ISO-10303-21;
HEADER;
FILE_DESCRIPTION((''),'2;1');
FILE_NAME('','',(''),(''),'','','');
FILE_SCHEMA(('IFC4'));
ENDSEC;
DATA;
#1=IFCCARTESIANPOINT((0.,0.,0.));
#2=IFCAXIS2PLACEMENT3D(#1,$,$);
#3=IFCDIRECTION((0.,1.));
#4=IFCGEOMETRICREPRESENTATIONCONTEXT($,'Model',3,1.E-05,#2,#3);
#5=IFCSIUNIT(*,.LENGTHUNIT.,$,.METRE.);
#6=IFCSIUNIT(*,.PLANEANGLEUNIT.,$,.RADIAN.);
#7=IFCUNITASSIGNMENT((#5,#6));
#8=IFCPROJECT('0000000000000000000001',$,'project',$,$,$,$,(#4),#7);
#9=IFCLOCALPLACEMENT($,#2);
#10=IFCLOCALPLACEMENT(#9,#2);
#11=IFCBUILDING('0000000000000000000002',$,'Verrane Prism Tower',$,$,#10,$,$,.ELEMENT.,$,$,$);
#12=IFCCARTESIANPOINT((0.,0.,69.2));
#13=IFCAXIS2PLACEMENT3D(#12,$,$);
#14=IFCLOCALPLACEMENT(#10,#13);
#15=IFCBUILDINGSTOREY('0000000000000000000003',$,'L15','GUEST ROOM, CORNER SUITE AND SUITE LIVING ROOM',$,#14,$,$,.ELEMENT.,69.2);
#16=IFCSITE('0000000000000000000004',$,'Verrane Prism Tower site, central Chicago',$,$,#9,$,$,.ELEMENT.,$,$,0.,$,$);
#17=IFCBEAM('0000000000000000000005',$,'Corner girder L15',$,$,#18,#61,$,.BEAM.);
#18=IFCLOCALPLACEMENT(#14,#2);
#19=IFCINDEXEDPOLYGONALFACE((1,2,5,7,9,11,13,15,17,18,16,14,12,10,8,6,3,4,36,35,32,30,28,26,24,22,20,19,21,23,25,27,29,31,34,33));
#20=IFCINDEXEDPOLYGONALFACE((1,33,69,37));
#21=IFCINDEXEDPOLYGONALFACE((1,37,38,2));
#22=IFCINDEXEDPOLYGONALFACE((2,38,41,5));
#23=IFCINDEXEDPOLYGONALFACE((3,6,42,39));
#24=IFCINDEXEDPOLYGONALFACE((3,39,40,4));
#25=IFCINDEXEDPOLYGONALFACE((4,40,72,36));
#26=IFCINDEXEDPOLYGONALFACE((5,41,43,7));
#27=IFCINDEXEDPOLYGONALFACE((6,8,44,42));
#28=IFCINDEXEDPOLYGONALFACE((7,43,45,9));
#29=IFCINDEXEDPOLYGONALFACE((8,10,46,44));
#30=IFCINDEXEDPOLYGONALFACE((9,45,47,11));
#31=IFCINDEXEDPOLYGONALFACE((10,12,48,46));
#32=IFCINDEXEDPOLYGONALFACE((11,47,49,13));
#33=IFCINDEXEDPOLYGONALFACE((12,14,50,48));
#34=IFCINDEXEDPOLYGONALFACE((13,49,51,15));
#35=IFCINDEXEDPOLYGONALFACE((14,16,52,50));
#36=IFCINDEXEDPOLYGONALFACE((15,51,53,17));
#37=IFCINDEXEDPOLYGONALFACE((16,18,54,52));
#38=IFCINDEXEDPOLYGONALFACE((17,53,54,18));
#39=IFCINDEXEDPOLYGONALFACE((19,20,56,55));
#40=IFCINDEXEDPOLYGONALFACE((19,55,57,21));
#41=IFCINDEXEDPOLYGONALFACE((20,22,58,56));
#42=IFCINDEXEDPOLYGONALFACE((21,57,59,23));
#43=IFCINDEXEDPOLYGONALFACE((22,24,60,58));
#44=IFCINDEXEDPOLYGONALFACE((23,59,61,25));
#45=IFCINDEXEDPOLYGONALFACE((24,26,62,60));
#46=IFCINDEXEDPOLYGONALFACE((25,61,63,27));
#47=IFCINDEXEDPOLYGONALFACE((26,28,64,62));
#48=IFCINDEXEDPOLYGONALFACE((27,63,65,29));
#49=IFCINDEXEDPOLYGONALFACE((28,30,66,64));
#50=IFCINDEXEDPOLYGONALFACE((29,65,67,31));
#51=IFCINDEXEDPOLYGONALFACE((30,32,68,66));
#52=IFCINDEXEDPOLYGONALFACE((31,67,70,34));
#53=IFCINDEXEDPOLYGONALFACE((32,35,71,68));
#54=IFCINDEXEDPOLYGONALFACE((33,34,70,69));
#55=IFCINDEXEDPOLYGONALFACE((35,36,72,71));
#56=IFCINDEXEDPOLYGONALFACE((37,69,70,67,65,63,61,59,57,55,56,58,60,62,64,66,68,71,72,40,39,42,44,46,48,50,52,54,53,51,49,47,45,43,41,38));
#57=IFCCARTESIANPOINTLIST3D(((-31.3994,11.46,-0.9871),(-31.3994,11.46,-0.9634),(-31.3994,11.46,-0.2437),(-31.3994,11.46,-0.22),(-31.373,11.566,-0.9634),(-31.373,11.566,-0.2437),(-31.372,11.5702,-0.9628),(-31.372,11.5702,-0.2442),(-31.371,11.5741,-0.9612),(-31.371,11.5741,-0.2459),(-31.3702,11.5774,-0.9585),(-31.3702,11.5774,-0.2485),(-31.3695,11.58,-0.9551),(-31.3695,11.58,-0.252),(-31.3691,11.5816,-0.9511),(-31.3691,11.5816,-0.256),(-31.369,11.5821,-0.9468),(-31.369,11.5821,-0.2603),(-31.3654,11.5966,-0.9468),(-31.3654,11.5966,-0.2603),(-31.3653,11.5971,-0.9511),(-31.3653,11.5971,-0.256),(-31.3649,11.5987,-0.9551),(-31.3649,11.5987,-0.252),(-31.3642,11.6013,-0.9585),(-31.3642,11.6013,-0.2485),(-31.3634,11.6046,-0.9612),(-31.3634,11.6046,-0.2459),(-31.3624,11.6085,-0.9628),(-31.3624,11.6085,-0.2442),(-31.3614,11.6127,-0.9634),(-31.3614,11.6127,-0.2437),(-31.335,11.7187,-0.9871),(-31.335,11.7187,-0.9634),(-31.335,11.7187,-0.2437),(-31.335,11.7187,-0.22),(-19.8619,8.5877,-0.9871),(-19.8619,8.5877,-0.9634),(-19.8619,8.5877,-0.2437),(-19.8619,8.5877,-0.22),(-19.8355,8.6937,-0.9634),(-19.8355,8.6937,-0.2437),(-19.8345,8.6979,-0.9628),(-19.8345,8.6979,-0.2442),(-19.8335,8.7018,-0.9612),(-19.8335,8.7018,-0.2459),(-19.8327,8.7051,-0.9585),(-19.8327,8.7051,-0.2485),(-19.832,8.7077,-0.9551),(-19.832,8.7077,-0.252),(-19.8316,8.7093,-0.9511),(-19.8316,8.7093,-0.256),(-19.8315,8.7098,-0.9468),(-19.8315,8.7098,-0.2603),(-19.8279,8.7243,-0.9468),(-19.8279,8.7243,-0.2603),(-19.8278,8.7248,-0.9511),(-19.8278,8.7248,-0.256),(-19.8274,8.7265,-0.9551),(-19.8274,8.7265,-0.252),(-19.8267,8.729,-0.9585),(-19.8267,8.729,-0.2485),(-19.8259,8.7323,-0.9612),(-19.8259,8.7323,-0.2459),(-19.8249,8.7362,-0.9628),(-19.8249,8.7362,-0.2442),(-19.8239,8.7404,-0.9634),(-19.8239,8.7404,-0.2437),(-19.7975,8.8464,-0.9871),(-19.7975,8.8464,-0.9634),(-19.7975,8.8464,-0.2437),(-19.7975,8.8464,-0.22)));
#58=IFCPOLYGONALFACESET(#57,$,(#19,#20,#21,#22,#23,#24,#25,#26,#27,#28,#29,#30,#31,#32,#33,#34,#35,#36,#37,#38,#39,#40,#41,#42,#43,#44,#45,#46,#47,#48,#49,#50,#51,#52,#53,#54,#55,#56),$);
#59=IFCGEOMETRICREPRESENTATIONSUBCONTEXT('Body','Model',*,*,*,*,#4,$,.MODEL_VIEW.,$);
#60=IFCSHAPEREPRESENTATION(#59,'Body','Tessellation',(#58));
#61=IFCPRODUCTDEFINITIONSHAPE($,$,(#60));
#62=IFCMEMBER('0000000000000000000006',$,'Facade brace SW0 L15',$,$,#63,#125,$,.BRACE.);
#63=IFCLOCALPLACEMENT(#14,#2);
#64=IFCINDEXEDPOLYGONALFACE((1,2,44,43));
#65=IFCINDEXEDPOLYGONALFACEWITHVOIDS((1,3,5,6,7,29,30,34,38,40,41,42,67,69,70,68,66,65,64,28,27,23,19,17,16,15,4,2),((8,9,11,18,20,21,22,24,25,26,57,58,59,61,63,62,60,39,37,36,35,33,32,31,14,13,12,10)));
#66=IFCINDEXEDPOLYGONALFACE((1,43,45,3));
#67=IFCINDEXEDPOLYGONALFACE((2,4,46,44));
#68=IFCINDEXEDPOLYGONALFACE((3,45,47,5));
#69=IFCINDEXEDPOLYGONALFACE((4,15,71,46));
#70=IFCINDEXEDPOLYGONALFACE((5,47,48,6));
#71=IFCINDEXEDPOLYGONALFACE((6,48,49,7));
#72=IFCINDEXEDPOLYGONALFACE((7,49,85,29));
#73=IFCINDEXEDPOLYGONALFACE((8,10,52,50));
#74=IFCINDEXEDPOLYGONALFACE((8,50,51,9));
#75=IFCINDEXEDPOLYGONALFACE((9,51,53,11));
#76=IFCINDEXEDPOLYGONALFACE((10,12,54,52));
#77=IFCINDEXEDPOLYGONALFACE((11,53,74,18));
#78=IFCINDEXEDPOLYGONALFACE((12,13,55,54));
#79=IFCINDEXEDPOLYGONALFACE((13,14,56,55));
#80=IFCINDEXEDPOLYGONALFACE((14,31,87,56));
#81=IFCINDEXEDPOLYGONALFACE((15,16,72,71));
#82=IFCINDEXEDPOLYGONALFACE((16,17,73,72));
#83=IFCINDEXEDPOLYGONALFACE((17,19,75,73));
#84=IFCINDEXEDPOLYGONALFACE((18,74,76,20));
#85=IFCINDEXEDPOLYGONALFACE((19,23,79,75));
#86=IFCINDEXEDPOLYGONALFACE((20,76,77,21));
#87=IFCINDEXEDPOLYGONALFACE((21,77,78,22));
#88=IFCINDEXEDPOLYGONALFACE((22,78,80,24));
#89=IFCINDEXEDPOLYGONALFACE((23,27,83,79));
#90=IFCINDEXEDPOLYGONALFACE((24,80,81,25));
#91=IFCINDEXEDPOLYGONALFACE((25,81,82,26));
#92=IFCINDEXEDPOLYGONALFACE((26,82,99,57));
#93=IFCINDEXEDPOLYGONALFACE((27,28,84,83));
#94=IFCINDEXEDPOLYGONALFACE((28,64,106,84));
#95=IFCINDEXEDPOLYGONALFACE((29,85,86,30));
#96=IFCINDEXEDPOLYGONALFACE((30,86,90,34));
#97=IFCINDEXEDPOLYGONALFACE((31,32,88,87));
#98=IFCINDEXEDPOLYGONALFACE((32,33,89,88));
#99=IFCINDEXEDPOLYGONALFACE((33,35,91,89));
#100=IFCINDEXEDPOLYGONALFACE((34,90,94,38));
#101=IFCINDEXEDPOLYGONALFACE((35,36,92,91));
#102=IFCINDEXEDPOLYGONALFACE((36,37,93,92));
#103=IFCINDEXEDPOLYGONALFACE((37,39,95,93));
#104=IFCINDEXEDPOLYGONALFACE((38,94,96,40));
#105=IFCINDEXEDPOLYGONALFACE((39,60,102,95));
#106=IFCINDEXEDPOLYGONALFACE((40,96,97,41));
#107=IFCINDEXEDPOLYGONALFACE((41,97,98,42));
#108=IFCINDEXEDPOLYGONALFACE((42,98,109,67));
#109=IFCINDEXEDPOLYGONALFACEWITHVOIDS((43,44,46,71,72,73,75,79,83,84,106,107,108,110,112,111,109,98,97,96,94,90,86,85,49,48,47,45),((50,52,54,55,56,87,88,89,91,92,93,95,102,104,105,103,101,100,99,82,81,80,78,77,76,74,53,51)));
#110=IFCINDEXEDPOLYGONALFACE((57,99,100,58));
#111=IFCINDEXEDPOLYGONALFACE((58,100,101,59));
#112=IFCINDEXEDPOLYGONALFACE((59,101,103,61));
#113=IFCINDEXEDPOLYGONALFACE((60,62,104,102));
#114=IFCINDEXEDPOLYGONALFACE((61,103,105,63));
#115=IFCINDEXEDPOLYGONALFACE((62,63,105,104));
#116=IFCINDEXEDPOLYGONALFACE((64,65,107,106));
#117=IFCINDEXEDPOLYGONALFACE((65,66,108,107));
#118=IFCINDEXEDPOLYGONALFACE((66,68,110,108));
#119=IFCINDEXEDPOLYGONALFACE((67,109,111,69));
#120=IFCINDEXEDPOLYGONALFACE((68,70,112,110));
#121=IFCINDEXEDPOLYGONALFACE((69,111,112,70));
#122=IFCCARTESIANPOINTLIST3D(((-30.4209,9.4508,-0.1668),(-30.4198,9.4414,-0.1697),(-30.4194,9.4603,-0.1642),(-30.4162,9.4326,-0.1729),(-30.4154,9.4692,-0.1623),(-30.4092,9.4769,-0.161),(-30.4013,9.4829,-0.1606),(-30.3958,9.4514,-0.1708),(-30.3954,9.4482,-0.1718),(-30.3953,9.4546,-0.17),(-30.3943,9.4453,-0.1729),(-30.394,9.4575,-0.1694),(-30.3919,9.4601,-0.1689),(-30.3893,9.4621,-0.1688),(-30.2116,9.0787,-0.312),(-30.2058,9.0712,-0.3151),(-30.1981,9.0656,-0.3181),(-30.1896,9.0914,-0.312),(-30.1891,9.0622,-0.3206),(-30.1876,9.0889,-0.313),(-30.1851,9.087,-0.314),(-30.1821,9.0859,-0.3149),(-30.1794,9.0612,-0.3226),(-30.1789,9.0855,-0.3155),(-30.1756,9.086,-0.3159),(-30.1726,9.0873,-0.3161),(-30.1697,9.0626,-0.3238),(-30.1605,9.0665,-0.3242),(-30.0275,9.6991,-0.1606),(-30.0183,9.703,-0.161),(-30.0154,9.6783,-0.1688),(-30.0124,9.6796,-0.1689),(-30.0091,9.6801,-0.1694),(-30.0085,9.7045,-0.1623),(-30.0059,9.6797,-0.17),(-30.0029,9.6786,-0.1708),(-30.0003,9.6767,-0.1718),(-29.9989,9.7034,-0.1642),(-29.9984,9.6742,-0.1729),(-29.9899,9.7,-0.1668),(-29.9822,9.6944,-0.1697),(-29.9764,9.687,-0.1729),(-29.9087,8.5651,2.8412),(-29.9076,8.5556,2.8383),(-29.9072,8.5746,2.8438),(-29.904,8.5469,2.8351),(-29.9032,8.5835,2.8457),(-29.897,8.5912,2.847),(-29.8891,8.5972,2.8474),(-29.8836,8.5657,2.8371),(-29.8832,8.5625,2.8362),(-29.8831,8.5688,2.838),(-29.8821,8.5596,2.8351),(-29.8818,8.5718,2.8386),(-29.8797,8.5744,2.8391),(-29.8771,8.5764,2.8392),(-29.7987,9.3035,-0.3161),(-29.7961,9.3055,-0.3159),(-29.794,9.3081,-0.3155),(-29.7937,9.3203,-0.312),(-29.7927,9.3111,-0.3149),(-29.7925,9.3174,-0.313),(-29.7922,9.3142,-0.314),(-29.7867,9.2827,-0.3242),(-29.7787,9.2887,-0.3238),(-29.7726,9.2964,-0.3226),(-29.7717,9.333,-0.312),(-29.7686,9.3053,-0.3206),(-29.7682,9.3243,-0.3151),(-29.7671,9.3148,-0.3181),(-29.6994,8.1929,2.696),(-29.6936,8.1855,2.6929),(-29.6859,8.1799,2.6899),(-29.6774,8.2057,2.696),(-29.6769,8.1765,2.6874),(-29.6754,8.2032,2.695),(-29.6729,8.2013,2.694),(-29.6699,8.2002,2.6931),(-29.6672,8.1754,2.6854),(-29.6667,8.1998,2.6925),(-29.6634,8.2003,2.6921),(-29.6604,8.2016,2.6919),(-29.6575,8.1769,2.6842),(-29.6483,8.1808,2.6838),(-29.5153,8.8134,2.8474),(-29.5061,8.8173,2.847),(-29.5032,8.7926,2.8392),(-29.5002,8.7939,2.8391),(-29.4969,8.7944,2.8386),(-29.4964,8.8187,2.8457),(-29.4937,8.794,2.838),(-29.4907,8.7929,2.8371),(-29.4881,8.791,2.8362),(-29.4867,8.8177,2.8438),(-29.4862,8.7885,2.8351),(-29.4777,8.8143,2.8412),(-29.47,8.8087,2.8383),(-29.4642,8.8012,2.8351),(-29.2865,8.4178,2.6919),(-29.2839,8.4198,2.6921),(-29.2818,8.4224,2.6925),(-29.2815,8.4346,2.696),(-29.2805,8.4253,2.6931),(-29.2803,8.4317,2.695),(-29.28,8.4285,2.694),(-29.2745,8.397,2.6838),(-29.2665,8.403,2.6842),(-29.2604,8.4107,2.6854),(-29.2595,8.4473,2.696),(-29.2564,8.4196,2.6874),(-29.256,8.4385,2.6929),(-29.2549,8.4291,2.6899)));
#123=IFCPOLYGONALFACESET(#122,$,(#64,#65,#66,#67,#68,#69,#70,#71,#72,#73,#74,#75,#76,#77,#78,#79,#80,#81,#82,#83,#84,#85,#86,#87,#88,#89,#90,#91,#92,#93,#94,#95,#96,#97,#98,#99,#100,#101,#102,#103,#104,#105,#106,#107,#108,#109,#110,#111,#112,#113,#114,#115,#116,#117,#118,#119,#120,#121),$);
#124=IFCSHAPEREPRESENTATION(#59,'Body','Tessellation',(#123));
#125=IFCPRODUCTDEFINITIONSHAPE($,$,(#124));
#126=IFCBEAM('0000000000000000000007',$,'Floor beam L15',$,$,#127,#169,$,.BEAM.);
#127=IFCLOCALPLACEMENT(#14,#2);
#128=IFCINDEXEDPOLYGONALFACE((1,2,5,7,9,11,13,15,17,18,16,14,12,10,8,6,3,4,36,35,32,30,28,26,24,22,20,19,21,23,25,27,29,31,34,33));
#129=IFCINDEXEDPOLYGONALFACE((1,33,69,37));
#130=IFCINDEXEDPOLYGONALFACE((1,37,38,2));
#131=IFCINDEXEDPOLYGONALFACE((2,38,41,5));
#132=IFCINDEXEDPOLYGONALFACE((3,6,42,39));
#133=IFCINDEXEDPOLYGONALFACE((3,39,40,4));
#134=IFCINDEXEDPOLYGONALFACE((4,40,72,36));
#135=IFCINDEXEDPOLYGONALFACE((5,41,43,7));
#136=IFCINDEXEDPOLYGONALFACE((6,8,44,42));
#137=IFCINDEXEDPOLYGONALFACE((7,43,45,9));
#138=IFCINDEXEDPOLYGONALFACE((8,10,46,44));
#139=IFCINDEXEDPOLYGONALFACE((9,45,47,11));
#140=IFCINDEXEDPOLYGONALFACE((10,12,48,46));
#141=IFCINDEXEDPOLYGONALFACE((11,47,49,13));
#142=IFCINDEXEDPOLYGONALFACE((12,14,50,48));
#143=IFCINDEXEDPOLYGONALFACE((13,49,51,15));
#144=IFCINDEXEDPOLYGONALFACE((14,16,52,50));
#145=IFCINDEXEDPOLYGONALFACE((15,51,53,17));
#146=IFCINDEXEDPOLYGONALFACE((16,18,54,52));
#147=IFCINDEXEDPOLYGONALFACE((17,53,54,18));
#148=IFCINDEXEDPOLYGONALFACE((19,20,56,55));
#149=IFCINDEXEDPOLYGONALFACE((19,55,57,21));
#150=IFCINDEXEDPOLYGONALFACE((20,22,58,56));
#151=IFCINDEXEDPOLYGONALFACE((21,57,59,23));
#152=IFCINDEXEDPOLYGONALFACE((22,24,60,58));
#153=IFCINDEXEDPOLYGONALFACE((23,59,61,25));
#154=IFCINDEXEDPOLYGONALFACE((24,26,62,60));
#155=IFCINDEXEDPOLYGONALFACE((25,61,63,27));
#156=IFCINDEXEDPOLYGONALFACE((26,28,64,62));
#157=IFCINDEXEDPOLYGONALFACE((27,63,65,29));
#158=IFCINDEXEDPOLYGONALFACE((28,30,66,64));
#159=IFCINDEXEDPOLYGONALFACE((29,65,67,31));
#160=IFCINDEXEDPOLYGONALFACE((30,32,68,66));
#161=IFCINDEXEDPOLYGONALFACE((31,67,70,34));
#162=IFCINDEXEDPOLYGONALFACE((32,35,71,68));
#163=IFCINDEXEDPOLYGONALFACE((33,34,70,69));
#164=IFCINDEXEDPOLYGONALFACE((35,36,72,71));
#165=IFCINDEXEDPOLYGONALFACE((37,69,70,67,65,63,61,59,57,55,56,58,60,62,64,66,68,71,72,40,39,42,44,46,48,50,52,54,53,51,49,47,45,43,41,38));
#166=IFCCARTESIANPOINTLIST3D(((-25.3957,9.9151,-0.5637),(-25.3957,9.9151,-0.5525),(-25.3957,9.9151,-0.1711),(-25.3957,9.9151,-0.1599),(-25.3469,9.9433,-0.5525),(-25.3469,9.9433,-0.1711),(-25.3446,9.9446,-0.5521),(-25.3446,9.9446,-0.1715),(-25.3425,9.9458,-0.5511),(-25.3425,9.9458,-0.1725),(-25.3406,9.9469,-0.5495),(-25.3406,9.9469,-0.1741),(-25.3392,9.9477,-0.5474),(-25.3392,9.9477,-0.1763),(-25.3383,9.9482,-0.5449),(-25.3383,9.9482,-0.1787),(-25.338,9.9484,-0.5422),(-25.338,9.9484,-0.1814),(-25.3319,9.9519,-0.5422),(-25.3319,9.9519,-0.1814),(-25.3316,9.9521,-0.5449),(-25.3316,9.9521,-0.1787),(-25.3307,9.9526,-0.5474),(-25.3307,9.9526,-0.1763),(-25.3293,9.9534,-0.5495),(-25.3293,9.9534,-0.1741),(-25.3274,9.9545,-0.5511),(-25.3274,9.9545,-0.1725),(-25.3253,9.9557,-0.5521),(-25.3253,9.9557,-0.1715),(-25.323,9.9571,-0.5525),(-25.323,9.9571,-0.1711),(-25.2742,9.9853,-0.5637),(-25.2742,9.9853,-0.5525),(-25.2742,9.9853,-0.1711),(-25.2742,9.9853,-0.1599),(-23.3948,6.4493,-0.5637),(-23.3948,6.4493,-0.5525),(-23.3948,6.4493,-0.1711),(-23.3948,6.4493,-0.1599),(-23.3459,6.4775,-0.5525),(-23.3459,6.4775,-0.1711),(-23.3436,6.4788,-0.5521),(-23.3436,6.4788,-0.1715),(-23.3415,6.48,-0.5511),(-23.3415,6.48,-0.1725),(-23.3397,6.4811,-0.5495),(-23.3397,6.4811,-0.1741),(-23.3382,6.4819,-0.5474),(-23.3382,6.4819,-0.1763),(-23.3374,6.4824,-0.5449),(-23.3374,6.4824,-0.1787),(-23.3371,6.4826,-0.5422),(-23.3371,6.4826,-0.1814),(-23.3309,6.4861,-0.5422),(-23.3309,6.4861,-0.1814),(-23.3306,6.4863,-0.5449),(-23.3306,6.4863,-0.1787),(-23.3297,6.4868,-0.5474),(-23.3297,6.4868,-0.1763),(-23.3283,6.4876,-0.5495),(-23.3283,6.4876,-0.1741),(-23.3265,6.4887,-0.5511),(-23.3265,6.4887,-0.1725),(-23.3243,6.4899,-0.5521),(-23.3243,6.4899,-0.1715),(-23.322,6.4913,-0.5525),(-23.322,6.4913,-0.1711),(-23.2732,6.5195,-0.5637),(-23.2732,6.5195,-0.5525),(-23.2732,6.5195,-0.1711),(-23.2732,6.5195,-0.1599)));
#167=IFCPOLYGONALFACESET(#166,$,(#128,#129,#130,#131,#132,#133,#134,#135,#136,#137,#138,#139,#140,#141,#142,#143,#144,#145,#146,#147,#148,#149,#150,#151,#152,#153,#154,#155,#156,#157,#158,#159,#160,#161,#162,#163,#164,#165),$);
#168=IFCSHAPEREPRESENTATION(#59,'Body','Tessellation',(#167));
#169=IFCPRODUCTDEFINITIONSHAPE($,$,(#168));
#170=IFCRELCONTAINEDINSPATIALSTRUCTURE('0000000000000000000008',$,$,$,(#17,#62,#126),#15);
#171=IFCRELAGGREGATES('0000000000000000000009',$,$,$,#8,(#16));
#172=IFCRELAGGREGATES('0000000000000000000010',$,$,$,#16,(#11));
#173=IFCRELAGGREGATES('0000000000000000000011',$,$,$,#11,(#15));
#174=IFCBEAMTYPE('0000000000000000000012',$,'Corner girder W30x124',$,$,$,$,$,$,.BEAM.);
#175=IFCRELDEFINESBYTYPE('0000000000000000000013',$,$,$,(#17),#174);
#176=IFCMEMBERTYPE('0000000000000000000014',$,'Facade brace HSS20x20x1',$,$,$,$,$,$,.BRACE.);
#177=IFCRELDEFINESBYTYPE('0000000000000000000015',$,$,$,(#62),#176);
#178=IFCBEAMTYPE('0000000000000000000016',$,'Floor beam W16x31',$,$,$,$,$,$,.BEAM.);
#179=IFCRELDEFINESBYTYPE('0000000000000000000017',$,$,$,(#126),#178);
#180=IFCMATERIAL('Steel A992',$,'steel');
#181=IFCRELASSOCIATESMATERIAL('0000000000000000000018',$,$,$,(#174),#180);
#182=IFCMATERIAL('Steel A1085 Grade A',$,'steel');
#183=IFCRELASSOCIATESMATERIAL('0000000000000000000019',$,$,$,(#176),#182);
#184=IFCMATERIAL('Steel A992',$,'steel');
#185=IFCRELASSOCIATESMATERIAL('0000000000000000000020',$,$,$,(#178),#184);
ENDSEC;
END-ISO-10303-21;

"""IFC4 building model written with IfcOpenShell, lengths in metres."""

from ifc_helpers import new_model, si_unit, direction, frame, origin, origin_2d, place, context, subcontext, project, spatial, hollow_rectangle, i_section, extrude, material, material_profile, profile_set, type_object, element, save


model = new_model("IFC4")

# Units and contexts
model_context = context("Model", 3, precision=1e-05, world=origin(), true_north=direction((0.0, 1.0)))
body_context = subcontext(model_context, "Body", "Model", "MODEL_VIEW")
ifc_project = project(units=[si_unit("LENGTHUNIT", "METRE"), si_unit("PLANEANGLEUNIT", "RADIAN")], contexts=[model_context])

# Site, building, storey
site_placement = place(None, origin())
site = spatial("IfcSite", under=ifc_project, at=site_placement, Name="Verrane Prism Tower site, central Chicago", CompositionType="ELEMENT", RefElevation=0.0)
building_placement = place(site_placement, origin())
building = spatial("IfcBuilding", under=site, at=building_placement, Name="Verrane Prism Tower", CompositionType="ELEMENT")
storey_placement = place(building_placement, frame((0.0, 0.0, 69.2)))
storey = spatial("IfcBuildingStorey", under=building, at=storey_placement, Name="L15", Description="GUEST ROOM, CORNER SUITE AND SUITE LIVING ROOM", CompositionType="ELEMENT", Elevation=69.2)

# Beam
ifc_material_1 = material(Name="Steel A992", Category="steel")
ifc_material_profile_1 = material_profile(ifc_material_1, i_section(OverallWidth=0.2666, OverallDepth=0.7671, WebThickness=0.0149, FlangeThickness=0.0237, FilletRadius=0.0166, at=origin_2d()), Name="W30x124")
ifc_profile_set_1 = profile_set([ifc_material_profile_1], Name="Steel A992")
beam_type_1 = type_object("IfcBeamType", Name="Corner girder W30x124", PredefinedType="BEAM", material=ifc_profile_set_1)
beam_1_placement = place(storey_placement, frame((-31.3672, 11.5894, -0.6035), z_axis=(0.970381, -0.241579, 0.0), x_axis=(0.241579, 0.970381, 0.0)))
element("IfcBeam", 1, at=beam_1_placement, inside=storey, type_object=beam_type_1, Name="Corner girder L15", PredefinedType="BEAM", context=body_context, shape_type="SweptSolid", body=[
    extrude(i_section(OverallWidth=0.2666, OverallDepth=0.7671, WebThickness=0.0149, FlangeThickness=0.0237, FilletRadius=0.0166, at=origin_2d()), origin(), (0.0, 0.0, 1.0), 11.8896),
])

# Member
ifc_material_2 = material(Name="Steel A1085 Grade A", Category="steel")
ifc_material_profile_2 = material_profile(ifc_material_2, hollow_rectangle(XDim=0.5081, YDim=0.5081, WallThickness=0.0254, InnerFilletRadius=0.0127, OuterFilletRadius=0.0381, at=origin_2d()), Name="HSS20x20x1")
ifc_profile_set_2 = profile_set([ifc_material_profile_2], Name="Steel A1085 Grade A")
member_type_1 = type_object("IfcMemberType", Name="Facade brace HSS20x20x1", PredefinedType="BRACE", material=ifc_profile_set_2)
member_1_placement = place(storey_placement, frame((-30.094, 9.3828, -0.2424), z_axis=(0.161208, -0.278771, 0.946731), x_axis=(0.865677, 0.500604, 0.0)))
element("IfcMember", 2, at=member_1_placement, inside=storey, type_object=member_type_1, Name="Facade brace SW0 L15", PredefinedType="BRACE", context=body_context, shape_type="SweptSolid", body=[
    extrude(hollow_rectangle(XDim=0.5081, YDim=0.5081, WallThickness=0.0254, InnerFilletRadius=0.0127, OuterFilletRadius=0.0381, at=origin_2d()), origin(), (0.0, 0.0, 1.0), 3.1772),
])

# Beam
ifc_material_3 = material(Name="Steel A992", Category="steel")
ifc_material_profile_3 = material_profile(ifc_material_3, i_section(OverallWidth=0.1404, OverallDepth=0.4038, WebThickness=0.0071, FlangeThickness=0.0112, FilletRadius=0.0103, at=origin_2d()), Name="W16x31")
ifc_profile_set_3 = profile_set([ifc_material_profile_3], Name="Steel A992")
beam_type_2 = type_object("IfcBeamType", Name="Floor beam W16x31", PredefinedType="BEAM", material=ifc_profile_set_3)
beam_2_placement = place(storey_placement, frame((-23.334, 6.4844, -0.3618), z_axis=(-0.499997, 0.866027, 0.0), x_axis=(-0.866027, -0.499997, 0.0)))
element("IfcBeam", 3, at=beam_2_placement, inside=storey, type_object=beam_type_2, Name="Floor beam L15", PredefinedType="BEAM", context=body_context, shape_type="SweptSolid", body=[
    extrude(i_section(OverallWidth=0.1404, OverallDepth=0.4038, WebThickness=0.0071, FlangeThickness=0.0112, FilletRadius=0.0103, at=origin_2d()), origin(), (0.0, 0.0, 1.0), 4.002),
])

save(model, "model.ifc")
